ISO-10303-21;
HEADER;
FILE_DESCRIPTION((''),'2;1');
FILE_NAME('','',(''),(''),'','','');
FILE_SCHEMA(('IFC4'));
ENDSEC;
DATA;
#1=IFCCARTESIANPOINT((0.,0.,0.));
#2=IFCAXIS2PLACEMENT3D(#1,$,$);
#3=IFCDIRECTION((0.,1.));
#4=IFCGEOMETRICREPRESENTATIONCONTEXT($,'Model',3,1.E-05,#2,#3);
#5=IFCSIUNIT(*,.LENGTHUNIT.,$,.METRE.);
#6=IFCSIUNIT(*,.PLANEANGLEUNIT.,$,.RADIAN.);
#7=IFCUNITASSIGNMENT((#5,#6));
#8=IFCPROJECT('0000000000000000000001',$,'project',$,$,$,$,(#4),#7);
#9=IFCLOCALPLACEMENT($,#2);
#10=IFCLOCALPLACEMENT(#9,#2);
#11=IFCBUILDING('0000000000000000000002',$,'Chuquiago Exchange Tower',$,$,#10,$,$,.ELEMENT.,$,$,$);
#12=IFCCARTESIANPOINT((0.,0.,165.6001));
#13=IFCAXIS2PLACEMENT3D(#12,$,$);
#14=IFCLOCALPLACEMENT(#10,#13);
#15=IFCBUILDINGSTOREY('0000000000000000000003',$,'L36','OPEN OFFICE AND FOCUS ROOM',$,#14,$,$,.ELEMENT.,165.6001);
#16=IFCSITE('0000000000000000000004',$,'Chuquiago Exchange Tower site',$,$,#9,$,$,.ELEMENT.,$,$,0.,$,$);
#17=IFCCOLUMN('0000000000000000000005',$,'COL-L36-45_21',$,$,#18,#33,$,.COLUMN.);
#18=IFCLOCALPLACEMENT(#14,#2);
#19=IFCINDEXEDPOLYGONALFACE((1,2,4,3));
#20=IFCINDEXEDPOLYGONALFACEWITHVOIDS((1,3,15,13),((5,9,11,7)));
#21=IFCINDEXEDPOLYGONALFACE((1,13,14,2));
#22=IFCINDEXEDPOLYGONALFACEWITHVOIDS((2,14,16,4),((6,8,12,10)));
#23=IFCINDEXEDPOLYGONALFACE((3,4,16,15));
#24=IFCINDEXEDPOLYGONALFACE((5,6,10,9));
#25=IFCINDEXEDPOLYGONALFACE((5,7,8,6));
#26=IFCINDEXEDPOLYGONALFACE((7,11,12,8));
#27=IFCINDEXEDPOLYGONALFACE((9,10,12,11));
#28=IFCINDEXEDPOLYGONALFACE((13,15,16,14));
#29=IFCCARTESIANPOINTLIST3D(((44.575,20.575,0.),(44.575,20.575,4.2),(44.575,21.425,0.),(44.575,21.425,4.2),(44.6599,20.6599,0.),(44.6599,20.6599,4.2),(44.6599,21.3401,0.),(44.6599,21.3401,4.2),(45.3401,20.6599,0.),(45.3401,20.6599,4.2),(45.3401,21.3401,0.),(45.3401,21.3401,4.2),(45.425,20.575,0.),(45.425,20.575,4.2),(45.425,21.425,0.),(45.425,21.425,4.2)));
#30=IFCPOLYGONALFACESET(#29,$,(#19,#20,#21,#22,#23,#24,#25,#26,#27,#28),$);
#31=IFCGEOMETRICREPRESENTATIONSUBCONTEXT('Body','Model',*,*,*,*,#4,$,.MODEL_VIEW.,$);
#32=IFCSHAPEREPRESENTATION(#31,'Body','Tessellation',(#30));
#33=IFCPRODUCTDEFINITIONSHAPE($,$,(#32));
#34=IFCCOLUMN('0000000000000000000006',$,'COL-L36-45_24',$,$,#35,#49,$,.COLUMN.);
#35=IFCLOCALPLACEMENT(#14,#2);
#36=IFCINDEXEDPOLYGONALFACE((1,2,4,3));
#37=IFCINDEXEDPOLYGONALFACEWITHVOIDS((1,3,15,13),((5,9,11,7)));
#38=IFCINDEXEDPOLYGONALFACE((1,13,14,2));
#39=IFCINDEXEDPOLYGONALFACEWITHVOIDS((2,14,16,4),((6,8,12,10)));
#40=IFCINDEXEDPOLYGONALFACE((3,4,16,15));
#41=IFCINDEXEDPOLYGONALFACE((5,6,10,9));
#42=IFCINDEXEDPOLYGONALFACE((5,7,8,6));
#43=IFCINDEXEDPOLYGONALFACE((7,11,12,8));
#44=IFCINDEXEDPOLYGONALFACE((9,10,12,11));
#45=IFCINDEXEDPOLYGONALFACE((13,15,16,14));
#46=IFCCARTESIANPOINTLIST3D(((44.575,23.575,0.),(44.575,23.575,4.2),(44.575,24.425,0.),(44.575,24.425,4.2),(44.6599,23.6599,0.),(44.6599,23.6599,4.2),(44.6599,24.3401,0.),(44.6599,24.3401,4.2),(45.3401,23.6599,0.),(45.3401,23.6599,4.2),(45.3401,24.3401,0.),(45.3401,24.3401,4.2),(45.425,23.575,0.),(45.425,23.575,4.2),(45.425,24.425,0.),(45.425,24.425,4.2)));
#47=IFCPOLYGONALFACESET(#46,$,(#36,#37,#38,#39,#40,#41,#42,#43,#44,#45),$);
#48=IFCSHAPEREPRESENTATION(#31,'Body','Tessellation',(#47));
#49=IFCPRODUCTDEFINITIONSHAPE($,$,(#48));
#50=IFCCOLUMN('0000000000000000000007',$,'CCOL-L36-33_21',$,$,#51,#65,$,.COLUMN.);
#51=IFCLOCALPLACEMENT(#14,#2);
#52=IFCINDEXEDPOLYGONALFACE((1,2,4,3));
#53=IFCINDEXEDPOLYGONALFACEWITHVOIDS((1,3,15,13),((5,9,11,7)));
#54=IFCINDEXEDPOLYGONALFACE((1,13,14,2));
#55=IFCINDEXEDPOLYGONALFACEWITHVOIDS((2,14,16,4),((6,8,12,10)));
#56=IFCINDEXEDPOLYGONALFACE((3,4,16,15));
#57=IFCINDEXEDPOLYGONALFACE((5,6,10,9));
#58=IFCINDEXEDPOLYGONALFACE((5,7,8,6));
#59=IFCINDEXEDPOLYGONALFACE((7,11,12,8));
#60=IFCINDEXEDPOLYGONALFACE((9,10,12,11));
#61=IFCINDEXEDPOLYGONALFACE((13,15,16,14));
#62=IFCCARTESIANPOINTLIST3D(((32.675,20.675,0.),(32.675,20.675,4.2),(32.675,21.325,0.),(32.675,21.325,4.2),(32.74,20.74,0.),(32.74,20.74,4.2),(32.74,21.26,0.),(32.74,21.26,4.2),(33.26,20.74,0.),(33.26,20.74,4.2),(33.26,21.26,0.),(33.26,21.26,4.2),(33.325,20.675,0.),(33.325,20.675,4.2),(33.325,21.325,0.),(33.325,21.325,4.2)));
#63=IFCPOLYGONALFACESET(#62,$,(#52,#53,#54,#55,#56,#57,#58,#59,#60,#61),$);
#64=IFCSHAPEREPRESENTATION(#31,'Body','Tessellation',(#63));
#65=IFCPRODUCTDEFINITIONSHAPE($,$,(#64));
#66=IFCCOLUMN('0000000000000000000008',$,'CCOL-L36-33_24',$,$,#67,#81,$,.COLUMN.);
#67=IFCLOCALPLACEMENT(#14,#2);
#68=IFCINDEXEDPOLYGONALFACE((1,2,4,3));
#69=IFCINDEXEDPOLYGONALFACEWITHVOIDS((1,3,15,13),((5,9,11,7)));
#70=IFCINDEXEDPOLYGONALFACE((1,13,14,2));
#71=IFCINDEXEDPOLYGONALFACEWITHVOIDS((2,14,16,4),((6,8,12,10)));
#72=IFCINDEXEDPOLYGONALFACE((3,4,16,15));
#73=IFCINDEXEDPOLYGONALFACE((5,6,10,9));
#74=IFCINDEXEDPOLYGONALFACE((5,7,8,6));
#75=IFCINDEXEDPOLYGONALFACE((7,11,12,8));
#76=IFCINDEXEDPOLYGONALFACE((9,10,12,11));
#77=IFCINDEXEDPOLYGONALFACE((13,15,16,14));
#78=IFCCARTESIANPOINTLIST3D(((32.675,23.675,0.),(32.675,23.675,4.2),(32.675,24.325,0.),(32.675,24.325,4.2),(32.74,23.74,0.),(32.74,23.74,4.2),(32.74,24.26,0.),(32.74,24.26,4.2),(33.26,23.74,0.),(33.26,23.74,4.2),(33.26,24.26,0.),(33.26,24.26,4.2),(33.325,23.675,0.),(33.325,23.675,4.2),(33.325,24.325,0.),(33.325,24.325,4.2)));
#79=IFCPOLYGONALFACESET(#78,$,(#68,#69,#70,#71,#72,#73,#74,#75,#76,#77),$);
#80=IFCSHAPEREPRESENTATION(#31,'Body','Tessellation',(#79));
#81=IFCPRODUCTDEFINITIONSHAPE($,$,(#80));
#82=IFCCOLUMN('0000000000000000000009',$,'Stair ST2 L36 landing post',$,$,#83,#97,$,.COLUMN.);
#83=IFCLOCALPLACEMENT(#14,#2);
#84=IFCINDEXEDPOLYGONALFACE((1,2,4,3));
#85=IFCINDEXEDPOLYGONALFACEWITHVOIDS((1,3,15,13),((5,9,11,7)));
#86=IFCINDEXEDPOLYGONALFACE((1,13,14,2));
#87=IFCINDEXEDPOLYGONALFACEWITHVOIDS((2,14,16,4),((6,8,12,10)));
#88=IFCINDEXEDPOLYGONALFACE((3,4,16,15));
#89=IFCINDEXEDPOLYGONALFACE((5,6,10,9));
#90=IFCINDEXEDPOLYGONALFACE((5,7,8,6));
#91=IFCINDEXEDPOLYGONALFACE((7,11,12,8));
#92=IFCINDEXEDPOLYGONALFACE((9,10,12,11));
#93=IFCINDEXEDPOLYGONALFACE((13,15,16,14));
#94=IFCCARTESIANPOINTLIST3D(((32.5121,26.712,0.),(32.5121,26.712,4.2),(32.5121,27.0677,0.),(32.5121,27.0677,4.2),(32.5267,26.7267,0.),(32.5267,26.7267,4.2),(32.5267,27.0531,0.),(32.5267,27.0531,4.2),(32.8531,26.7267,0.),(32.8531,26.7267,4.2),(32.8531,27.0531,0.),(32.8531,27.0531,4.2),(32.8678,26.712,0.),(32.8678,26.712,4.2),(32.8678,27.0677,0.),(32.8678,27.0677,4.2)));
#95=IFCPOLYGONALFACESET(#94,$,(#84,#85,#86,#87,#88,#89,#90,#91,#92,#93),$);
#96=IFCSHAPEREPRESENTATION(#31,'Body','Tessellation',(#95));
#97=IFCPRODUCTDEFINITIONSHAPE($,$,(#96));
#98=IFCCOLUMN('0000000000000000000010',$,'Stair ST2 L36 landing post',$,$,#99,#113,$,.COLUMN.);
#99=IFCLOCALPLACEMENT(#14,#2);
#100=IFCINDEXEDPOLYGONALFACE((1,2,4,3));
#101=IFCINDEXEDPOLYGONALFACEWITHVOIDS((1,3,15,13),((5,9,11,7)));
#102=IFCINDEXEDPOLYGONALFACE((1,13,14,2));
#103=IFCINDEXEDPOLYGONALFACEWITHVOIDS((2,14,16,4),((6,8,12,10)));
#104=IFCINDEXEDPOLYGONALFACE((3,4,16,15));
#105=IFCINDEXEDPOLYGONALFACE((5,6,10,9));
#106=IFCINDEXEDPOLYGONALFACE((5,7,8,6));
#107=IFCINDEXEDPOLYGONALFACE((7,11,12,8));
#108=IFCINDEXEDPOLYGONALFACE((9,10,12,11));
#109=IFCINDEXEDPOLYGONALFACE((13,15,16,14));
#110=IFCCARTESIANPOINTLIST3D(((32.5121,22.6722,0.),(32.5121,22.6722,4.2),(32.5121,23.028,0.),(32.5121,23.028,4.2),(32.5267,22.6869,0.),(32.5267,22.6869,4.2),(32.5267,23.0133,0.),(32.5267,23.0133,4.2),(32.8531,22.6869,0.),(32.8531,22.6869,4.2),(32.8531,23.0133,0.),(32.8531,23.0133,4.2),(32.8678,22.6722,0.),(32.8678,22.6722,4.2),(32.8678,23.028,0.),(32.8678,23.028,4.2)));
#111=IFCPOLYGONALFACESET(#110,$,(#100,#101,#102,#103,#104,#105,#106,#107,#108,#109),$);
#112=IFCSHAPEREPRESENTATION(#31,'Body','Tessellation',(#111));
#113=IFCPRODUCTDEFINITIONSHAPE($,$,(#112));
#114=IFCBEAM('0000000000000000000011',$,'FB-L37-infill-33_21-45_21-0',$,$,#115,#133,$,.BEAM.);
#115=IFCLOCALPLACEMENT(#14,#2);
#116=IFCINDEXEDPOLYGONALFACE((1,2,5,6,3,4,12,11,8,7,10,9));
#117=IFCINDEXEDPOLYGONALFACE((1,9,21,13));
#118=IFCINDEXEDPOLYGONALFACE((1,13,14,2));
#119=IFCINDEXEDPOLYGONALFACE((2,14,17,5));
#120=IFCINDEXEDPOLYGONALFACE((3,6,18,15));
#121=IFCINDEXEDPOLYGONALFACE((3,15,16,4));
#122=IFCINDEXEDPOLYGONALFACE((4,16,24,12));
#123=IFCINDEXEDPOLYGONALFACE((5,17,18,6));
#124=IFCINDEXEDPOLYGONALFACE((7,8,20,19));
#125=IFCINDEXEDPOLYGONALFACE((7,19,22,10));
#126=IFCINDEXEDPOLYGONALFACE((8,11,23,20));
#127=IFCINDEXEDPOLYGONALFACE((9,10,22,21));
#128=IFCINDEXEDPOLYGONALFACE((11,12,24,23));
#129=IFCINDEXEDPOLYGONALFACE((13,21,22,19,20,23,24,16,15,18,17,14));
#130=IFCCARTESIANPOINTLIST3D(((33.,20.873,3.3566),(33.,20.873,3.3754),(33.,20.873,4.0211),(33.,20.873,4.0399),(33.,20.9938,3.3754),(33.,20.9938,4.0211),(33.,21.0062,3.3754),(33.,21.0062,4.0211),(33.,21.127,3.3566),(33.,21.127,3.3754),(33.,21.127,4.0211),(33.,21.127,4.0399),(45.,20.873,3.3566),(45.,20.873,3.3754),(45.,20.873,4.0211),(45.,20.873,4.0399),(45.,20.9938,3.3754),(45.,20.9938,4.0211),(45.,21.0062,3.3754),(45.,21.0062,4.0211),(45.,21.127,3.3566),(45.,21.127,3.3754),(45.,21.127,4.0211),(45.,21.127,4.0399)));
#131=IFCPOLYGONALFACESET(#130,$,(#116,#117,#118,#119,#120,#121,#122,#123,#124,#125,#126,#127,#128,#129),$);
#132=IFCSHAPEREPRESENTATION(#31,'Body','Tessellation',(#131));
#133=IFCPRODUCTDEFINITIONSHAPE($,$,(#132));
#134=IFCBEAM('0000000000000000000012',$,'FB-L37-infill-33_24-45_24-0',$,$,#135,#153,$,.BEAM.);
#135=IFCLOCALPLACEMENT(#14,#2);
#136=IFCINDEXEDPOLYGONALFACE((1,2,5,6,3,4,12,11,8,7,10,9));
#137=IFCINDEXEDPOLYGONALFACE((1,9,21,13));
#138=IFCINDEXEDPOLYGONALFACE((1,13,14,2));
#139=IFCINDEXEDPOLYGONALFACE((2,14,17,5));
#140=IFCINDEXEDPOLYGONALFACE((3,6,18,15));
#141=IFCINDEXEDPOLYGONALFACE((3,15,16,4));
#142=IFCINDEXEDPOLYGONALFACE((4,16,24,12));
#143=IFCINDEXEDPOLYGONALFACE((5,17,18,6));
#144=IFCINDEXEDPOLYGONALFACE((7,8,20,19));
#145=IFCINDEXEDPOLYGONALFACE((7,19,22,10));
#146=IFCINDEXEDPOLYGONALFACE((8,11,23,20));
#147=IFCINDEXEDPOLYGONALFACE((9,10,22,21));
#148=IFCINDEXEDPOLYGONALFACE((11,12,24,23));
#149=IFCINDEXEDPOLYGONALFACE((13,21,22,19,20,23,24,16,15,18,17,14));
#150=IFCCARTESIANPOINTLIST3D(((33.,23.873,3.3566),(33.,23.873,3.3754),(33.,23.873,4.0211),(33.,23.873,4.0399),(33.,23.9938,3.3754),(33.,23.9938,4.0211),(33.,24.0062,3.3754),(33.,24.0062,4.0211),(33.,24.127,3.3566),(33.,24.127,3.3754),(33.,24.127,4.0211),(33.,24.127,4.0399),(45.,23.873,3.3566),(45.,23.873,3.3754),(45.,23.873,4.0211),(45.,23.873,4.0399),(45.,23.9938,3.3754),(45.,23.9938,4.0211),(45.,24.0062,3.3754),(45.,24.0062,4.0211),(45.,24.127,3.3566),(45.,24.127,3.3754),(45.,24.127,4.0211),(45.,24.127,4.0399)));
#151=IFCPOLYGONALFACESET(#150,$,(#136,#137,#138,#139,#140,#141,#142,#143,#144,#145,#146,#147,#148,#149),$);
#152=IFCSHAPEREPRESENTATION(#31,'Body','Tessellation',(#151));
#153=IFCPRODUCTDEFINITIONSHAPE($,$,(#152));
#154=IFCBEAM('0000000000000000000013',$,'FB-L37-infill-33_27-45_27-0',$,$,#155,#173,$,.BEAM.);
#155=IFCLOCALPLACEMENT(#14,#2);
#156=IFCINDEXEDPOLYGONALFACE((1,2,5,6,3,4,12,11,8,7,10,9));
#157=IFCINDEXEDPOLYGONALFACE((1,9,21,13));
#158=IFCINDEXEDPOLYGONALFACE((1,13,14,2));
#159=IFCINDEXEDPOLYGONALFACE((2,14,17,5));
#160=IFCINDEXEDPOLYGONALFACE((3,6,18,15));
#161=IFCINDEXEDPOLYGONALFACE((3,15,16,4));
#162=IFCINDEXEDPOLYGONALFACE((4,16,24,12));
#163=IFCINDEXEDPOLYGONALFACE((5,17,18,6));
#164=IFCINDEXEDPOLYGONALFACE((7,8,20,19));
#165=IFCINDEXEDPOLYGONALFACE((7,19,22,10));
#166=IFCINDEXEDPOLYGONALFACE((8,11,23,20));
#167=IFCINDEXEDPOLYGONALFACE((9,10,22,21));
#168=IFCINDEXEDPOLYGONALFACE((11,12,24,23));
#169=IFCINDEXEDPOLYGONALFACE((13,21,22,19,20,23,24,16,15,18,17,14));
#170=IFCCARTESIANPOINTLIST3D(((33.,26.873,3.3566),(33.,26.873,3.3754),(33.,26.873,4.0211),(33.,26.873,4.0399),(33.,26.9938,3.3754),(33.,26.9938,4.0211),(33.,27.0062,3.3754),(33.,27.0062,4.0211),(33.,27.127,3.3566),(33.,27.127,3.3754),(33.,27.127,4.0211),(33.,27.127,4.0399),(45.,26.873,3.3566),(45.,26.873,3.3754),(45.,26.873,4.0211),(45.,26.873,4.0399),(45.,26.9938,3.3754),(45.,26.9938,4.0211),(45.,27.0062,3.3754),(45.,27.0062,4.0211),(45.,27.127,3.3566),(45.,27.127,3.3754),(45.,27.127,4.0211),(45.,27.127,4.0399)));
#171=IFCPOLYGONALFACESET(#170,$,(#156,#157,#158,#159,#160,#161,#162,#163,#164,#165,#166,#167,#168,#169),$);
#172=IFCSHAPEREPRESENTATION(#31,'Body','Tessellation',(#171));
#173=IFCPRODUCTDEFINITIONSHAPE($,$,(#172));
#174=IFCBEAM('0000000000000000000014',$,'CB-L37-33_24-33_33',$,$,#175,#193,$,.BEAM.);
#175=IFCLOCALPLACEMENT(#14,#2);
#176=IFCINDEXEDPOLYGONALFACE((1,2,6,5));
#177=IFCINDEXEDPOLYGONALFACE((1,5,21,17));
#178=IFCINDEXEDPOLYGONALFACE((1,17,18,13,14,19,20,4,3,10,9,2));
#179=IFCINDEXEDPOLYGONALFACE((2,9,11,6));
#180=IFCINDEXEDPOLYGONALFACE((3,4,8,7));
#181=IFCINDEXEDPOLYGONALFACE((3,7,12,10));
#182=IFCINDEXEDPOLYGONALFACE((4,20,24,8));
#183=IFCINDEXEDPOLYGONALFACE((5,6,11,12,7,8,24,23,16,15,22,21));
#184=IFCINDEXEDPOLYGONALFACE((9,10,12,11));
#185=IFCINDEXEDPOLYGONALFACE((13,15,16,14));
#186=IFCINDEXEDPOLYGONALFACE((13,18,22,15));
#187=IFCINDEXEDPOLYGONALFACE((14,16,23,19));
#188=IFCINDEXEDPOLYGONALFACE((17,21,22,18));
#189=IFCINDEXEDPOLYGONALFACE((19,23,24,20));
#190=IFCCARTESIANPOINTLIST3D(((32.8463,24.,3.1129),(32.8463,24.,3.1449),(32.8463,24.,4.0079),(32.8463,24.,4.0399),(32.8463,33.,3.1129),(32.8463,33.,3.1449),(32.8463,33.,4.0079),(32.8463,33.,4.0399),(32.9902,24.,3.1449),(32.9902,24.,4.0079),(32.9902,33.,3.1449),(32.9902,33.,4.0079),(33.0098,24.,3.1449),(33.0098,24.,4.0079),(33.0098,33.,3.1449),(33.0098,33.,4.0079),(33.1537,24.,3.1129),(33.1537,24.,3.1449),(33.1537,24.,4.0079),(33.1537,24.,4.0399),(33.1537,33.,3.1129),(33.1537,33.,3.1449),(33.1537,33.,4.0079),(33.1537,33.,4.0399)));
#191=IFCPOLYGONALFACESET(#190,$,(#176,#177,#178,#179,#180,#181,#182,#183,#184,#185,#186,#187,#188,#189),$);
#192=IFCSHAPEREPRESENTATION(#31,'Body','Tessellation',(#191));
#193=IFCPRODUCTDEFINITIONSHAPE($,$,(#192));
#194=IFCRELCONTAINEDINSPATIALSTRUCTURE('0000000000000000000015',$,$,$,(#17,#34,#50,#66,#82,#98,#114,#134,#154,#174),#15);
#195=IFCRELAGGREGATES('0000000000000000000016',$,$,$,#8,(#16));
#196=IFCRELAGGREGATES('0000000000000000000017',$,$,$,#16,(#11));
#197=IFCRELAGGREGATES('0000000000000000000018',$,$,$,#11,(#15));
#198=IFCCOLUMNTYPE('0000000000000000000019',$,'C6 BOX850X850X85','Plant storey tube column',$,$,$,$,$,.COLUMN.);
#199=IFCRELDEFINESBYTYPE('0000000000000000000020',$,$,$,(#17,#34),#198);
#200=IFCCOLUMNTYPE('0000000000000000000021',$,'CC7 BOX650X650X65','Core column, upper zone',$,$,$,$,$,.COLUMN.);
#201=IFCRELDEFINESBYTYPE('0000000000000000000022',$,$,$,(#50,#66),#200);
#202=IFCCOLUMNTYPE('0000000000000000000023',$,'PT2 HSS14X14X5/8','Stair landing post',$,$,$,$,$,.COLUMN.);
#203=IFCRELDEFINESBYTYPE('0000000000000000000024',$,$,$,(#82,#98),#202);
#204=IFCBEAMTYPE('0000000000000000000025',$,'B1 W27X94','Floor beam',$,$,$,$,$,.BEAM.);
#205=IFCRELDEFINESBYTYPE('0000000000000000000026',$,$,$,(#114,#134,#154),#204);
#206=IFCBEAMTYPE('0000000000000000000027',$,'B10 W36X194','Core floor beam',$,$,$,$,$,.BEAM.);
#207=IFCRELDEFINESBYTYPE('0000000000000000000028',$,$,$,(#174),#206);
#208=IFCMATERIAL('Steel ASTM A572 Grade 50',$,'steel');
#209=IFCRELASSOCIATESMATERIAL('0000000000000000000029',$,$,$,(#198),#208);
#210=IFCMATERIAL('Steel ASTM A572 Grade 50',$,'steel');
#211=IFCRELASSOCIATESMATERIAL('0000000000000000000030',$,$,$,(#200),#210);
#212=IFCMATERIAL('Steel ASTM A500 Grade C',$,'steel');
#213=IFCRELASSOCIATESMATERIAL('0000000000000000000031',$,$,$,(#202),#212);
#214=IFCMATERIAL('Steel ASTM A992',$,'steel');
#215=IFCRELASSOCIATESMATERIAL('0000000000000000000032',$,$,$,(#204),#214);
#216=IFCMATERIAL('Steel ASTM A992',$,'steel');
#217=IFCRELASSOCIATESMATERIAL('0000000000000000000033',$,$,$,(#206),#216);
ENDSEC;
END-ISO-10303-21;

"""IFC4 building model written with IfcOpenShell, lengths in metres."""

from ifc_helpers import new_model, si_unit, direction, frame, origin, origin_2d, place, context, subcontext, project, spatial, hollow_rectangle, i_section, extrude, material, material_profile, profile_set, type_object, element, save


model = new_model("IFC4")

# Units and contexts
model_context = context("Model", 3, precision=1e-05, world=origin(), true_north=direction((0.0, 1.0)))
body_context = subcontext(model_context, "Body", "Model", "MODEL_VIEW")
ifc_project = project(units=[si_unit("LENGTHUNIT", "METRE"), si_unit("PLANEANGLEUNIT", "RADIAN")], contexts=[model_context])

# Site, building, storey
site_placement = place(None, origin())
site = spatial("IfcSite", under=ifc_project, at=site_placement, Name="Chuquiago Exchange Tower site", CompositionType="ELEMENT", RefElevation=0.0)
building_placement = place(site_placement, origin())
building = spatial("IfcBuilding", under=site, at=building_placement, Name="Chuquiago Exchange Tower", CompositionType="ELEMENT")
storey_placement = place(building_placement, frame((0.0, 0.0, 165.6001)))
storey = spatial("IfcBuildingStorey", under=building, at=storey_placement, Name="L36", Description="OPEN OFFICE AND FOCUS ROOM", CompositionType="ELEMENT", Elevation=165.6001)

# Columns
ifc_material_1 = material(Name="Steel ASTM A572 Grade 50", Category="steel")
ifc_material_profile_1 = material_profile(ifc_material_1, hollow_rectangle(XDim=0.8501, YDim=0.8501, WallThickness=0.085, at=origin_2d()), Name="BOX850X850X85")
ifc_profile_set_1 = profile_set([ifc_material_profile_1], Name="Steel ASTM A572 Grade 50")
column_type_1 = type_object("IfcColumnType", Name="C6 BOX850X850X85", Description="Plant storey tube column", PredefinedType="COLUMN", material=ifc_profile_set_1)
for number, where, z_axis, x_axis, name in (
    (1, (45.0, 21.0, 0.0), (0.0, 0.0, 1.0), (1.0, 0.0, 0.0), "COL-L36-45_21"),
    (2, (45.0, 24.0, 0.0), (0.0, 0.0, 1.0), (1.0, 0.0, 0.0), "COL-L36-45_24"),
):
    element("IfcColumn", number, at=place(storey_placement, frame(where, z_axis=z_axis, x_axis=x_axis)), inside=storey, type_object=column_type_1, Name=name, PredefinedType="COLUMN", context=body_context, shape_type="SweptSolid", body=[
        extrude(hollow_rectangle(XDim=0.8501, YDim=0.8501, WallThickness=0.085, at=origin_2d()), origin(), (0.0, 0.0, 1.0), 4.2),
    ])
ifc_material_2 = material(Name="Steel ASTM A572 Grade 50", Category="steel")
ifc_material_profile_2 = material_profile(ifc_material_2, hollow_rectangle(XDim=0.6499, YDim=0.6499, WallThickness=0.0649, at=origin_2d()), Name="BOX650X650X65")
ifc_profile_set_2 = profile_set([ifc_material_profile_2], Name="Steel ASTM A572 Grade 50")
column_type_2 = type_object("IfcColumnType", Name="CC7 BOX650X650X65", Description="Core column, upper zone", PredefinedType="COLUMN", material=ifc_profile_set_2)
for number, where, z_axis, x_axis, name in (
    (3, (33.0, 21.0, 0.0), (0.0, 0.0, 1.0), (1.0, 0.0, 0.0), "CCOL-L36-33_21"),
    (4, (33.0, 24.0, 0.0), (0.0, 0.0, 1.0), (1.0, 0.0, 0.0), "CCOL-L36-33_24"),
):
    element("IfcColumn", number, at=place(storey_placement, frame(where, z_axis=z_axis, x_axis=x_axis)), inside=storey, type_object=column_type_2, Name=name, PredefinedType="COLUMN", context=body_context, shape_type="SweptSolid", body=[
        extrude(hollow_rectangle(XDim=0.6499, YDim=0.6499, WallThickness=0.0649, at=origin_2d()), origin(), (0.0, 0.0, 1.0), 4.2),
    ])
ifc_material_3 = material(Name="Steel ASTM A500 Grade C", Category="steel")
ifc_material_profile_3 = material_profile(ifc_material_3, hollow_rectangle(XDim=0.3557, YDim=0.3557, WallThickness=0.0146, at=origin_2d()), Name="HSS14X14X5/8")
ifc_profile_set_3 = profile_set([ifc_material_profile_3], Name="Steel ASTM A500 Grade C")
column_type_3 = type_object("IfcColumnType", Name="PT2 HSS14X14X5/8", Description="Stair landing post", PredefinedType="COLUMN", material=ifc_profile_set_3)
for number, where, z_axis, x_axis, name in (
    (5, (32.6899, 26.8899, 0.0), (0.0, 0.0, 1.0), (1.0, 0.0, 0.0), "Stair ST2 L36 landing post"),
    (6, (32.6899, 22.8501, 0.0), (0.0, 0.0, 1.0), (1.0, 0.0, 0.0), "Stair ST2 L36 landing post"),
):
    element("IfcColumn", number, at=place(storey_placement, frame(where, z_axis=z_axis, x_axis=x_axis)), inside=storey, type_object=column_type_3, Name=name, PredefinedType="COLUMN", context=body_context, shape_type="SweptSolid", body=[
        extrude(hollow_rectangle(XDim=0.3557, YDim=0.3557, WallThickness=0.0146, at=origin_2d()), origin(), (0.0, 0.0, 1.0), 4.2),
    ])

# Beams
ifc_material_4 = material(Name="Steel ASTM A992", Category="steel")
ifc_material_profile_4 = material_profile(ifc_material_4, i_section(OverallWidth=0.2539, OverallDepth=0.6833, WebThickness=0.0125, FlangeThickness=0.0188, at=origin_2d()), Name="W27X94")
ifc_profile_set_4 = profile_set([ifc_material_profile_4], Name="Steel ASTM A992")
beam_type_1 = type_object("IfcBeamType", Name="B1 W27X94", Description="Floor beam", PredefinedType="BEAM", material=ifc_profile_set_4)
for number, where, z_axis, x_axis, name in (
    (7, (33.0, 21.0, 3.6982), (1.0, 0.0, 0.0), (0.0, 1.0, 0.0), "FB-L37-infill-33_21-45_21-0"),
    (8, (33.0, 24.0, 3.6982), (1.0, 0.0, 0.0), (0.0, 1.0, 0.0), "FB-L37-infill-33_24-45_24-0"),
    (9, (33.0, 27.0, 3.6982), (1.0, 0.0, 0.0), (0.0, 1.0, 0.0), "FB-L37-infill-33_27-45_27-0"),
):
    element("IfcBeam", number, at=place(storey_placement, frame(where, z_axis=z_axis, x_axis=x_axis)), inside=storey, type_object=beam_type_1, Name=name, PredefinedType="BEAM", context=body_context, shape_type="SweptSolid", body=[
        extrude(i_section(OverallWidth=0.2539, OverallDepth=0.6833, WebThickness=0.0125, FlangeThickness=0.0188, at=origin_2d()), origin(), (0.0, 0.0, 1.0), 12.0),
    ])
ifc_material_5 = material(Name="Steel ASTM A992", Category="steel")
ifc_material_profile_5 = material_profile(ifc_material_5, i_section(OverallWidth=0.3074, OverallDepth=0.927, WebThickness=0.0195, FlangeThickness=0.032, at=origin_2d()), Name="W36X194")
ifc_profile_set_5 = profile_set([ifc_material_profile_5], Name="Steel ASTM A992")
beam_type_2 = type_object("IfcBeamType", Name="B10 W36X194", Description="Core floor beam", PredefinedType="BEAM", material=ifc_profile_set_5)
beam_1_placement = place(storey_placement, frame((33.0, 24.0, 3.5764), z_axis=(0.0, 1.0, 0.0), x_axis=(-1.0, 0.0, 0.0)))
element("IfcBeam", 10, at=beam_1_placement, inside=storey, type_object=beam_type_2, Name="CB-L37-33_24-33_33", PredefinedType="BEAM", context=body_context, shape_type="SweptSolid", body=[
    extrude(i_section(OverallWidth=0.3074, OverallDepth=0.927, WebThickness=0.0195, FlangeThickness=0.032, at=origin_2d()), origin(), (0.0, 0.0, 1.0), 9.0),
])

save(model, "model.ifc")
